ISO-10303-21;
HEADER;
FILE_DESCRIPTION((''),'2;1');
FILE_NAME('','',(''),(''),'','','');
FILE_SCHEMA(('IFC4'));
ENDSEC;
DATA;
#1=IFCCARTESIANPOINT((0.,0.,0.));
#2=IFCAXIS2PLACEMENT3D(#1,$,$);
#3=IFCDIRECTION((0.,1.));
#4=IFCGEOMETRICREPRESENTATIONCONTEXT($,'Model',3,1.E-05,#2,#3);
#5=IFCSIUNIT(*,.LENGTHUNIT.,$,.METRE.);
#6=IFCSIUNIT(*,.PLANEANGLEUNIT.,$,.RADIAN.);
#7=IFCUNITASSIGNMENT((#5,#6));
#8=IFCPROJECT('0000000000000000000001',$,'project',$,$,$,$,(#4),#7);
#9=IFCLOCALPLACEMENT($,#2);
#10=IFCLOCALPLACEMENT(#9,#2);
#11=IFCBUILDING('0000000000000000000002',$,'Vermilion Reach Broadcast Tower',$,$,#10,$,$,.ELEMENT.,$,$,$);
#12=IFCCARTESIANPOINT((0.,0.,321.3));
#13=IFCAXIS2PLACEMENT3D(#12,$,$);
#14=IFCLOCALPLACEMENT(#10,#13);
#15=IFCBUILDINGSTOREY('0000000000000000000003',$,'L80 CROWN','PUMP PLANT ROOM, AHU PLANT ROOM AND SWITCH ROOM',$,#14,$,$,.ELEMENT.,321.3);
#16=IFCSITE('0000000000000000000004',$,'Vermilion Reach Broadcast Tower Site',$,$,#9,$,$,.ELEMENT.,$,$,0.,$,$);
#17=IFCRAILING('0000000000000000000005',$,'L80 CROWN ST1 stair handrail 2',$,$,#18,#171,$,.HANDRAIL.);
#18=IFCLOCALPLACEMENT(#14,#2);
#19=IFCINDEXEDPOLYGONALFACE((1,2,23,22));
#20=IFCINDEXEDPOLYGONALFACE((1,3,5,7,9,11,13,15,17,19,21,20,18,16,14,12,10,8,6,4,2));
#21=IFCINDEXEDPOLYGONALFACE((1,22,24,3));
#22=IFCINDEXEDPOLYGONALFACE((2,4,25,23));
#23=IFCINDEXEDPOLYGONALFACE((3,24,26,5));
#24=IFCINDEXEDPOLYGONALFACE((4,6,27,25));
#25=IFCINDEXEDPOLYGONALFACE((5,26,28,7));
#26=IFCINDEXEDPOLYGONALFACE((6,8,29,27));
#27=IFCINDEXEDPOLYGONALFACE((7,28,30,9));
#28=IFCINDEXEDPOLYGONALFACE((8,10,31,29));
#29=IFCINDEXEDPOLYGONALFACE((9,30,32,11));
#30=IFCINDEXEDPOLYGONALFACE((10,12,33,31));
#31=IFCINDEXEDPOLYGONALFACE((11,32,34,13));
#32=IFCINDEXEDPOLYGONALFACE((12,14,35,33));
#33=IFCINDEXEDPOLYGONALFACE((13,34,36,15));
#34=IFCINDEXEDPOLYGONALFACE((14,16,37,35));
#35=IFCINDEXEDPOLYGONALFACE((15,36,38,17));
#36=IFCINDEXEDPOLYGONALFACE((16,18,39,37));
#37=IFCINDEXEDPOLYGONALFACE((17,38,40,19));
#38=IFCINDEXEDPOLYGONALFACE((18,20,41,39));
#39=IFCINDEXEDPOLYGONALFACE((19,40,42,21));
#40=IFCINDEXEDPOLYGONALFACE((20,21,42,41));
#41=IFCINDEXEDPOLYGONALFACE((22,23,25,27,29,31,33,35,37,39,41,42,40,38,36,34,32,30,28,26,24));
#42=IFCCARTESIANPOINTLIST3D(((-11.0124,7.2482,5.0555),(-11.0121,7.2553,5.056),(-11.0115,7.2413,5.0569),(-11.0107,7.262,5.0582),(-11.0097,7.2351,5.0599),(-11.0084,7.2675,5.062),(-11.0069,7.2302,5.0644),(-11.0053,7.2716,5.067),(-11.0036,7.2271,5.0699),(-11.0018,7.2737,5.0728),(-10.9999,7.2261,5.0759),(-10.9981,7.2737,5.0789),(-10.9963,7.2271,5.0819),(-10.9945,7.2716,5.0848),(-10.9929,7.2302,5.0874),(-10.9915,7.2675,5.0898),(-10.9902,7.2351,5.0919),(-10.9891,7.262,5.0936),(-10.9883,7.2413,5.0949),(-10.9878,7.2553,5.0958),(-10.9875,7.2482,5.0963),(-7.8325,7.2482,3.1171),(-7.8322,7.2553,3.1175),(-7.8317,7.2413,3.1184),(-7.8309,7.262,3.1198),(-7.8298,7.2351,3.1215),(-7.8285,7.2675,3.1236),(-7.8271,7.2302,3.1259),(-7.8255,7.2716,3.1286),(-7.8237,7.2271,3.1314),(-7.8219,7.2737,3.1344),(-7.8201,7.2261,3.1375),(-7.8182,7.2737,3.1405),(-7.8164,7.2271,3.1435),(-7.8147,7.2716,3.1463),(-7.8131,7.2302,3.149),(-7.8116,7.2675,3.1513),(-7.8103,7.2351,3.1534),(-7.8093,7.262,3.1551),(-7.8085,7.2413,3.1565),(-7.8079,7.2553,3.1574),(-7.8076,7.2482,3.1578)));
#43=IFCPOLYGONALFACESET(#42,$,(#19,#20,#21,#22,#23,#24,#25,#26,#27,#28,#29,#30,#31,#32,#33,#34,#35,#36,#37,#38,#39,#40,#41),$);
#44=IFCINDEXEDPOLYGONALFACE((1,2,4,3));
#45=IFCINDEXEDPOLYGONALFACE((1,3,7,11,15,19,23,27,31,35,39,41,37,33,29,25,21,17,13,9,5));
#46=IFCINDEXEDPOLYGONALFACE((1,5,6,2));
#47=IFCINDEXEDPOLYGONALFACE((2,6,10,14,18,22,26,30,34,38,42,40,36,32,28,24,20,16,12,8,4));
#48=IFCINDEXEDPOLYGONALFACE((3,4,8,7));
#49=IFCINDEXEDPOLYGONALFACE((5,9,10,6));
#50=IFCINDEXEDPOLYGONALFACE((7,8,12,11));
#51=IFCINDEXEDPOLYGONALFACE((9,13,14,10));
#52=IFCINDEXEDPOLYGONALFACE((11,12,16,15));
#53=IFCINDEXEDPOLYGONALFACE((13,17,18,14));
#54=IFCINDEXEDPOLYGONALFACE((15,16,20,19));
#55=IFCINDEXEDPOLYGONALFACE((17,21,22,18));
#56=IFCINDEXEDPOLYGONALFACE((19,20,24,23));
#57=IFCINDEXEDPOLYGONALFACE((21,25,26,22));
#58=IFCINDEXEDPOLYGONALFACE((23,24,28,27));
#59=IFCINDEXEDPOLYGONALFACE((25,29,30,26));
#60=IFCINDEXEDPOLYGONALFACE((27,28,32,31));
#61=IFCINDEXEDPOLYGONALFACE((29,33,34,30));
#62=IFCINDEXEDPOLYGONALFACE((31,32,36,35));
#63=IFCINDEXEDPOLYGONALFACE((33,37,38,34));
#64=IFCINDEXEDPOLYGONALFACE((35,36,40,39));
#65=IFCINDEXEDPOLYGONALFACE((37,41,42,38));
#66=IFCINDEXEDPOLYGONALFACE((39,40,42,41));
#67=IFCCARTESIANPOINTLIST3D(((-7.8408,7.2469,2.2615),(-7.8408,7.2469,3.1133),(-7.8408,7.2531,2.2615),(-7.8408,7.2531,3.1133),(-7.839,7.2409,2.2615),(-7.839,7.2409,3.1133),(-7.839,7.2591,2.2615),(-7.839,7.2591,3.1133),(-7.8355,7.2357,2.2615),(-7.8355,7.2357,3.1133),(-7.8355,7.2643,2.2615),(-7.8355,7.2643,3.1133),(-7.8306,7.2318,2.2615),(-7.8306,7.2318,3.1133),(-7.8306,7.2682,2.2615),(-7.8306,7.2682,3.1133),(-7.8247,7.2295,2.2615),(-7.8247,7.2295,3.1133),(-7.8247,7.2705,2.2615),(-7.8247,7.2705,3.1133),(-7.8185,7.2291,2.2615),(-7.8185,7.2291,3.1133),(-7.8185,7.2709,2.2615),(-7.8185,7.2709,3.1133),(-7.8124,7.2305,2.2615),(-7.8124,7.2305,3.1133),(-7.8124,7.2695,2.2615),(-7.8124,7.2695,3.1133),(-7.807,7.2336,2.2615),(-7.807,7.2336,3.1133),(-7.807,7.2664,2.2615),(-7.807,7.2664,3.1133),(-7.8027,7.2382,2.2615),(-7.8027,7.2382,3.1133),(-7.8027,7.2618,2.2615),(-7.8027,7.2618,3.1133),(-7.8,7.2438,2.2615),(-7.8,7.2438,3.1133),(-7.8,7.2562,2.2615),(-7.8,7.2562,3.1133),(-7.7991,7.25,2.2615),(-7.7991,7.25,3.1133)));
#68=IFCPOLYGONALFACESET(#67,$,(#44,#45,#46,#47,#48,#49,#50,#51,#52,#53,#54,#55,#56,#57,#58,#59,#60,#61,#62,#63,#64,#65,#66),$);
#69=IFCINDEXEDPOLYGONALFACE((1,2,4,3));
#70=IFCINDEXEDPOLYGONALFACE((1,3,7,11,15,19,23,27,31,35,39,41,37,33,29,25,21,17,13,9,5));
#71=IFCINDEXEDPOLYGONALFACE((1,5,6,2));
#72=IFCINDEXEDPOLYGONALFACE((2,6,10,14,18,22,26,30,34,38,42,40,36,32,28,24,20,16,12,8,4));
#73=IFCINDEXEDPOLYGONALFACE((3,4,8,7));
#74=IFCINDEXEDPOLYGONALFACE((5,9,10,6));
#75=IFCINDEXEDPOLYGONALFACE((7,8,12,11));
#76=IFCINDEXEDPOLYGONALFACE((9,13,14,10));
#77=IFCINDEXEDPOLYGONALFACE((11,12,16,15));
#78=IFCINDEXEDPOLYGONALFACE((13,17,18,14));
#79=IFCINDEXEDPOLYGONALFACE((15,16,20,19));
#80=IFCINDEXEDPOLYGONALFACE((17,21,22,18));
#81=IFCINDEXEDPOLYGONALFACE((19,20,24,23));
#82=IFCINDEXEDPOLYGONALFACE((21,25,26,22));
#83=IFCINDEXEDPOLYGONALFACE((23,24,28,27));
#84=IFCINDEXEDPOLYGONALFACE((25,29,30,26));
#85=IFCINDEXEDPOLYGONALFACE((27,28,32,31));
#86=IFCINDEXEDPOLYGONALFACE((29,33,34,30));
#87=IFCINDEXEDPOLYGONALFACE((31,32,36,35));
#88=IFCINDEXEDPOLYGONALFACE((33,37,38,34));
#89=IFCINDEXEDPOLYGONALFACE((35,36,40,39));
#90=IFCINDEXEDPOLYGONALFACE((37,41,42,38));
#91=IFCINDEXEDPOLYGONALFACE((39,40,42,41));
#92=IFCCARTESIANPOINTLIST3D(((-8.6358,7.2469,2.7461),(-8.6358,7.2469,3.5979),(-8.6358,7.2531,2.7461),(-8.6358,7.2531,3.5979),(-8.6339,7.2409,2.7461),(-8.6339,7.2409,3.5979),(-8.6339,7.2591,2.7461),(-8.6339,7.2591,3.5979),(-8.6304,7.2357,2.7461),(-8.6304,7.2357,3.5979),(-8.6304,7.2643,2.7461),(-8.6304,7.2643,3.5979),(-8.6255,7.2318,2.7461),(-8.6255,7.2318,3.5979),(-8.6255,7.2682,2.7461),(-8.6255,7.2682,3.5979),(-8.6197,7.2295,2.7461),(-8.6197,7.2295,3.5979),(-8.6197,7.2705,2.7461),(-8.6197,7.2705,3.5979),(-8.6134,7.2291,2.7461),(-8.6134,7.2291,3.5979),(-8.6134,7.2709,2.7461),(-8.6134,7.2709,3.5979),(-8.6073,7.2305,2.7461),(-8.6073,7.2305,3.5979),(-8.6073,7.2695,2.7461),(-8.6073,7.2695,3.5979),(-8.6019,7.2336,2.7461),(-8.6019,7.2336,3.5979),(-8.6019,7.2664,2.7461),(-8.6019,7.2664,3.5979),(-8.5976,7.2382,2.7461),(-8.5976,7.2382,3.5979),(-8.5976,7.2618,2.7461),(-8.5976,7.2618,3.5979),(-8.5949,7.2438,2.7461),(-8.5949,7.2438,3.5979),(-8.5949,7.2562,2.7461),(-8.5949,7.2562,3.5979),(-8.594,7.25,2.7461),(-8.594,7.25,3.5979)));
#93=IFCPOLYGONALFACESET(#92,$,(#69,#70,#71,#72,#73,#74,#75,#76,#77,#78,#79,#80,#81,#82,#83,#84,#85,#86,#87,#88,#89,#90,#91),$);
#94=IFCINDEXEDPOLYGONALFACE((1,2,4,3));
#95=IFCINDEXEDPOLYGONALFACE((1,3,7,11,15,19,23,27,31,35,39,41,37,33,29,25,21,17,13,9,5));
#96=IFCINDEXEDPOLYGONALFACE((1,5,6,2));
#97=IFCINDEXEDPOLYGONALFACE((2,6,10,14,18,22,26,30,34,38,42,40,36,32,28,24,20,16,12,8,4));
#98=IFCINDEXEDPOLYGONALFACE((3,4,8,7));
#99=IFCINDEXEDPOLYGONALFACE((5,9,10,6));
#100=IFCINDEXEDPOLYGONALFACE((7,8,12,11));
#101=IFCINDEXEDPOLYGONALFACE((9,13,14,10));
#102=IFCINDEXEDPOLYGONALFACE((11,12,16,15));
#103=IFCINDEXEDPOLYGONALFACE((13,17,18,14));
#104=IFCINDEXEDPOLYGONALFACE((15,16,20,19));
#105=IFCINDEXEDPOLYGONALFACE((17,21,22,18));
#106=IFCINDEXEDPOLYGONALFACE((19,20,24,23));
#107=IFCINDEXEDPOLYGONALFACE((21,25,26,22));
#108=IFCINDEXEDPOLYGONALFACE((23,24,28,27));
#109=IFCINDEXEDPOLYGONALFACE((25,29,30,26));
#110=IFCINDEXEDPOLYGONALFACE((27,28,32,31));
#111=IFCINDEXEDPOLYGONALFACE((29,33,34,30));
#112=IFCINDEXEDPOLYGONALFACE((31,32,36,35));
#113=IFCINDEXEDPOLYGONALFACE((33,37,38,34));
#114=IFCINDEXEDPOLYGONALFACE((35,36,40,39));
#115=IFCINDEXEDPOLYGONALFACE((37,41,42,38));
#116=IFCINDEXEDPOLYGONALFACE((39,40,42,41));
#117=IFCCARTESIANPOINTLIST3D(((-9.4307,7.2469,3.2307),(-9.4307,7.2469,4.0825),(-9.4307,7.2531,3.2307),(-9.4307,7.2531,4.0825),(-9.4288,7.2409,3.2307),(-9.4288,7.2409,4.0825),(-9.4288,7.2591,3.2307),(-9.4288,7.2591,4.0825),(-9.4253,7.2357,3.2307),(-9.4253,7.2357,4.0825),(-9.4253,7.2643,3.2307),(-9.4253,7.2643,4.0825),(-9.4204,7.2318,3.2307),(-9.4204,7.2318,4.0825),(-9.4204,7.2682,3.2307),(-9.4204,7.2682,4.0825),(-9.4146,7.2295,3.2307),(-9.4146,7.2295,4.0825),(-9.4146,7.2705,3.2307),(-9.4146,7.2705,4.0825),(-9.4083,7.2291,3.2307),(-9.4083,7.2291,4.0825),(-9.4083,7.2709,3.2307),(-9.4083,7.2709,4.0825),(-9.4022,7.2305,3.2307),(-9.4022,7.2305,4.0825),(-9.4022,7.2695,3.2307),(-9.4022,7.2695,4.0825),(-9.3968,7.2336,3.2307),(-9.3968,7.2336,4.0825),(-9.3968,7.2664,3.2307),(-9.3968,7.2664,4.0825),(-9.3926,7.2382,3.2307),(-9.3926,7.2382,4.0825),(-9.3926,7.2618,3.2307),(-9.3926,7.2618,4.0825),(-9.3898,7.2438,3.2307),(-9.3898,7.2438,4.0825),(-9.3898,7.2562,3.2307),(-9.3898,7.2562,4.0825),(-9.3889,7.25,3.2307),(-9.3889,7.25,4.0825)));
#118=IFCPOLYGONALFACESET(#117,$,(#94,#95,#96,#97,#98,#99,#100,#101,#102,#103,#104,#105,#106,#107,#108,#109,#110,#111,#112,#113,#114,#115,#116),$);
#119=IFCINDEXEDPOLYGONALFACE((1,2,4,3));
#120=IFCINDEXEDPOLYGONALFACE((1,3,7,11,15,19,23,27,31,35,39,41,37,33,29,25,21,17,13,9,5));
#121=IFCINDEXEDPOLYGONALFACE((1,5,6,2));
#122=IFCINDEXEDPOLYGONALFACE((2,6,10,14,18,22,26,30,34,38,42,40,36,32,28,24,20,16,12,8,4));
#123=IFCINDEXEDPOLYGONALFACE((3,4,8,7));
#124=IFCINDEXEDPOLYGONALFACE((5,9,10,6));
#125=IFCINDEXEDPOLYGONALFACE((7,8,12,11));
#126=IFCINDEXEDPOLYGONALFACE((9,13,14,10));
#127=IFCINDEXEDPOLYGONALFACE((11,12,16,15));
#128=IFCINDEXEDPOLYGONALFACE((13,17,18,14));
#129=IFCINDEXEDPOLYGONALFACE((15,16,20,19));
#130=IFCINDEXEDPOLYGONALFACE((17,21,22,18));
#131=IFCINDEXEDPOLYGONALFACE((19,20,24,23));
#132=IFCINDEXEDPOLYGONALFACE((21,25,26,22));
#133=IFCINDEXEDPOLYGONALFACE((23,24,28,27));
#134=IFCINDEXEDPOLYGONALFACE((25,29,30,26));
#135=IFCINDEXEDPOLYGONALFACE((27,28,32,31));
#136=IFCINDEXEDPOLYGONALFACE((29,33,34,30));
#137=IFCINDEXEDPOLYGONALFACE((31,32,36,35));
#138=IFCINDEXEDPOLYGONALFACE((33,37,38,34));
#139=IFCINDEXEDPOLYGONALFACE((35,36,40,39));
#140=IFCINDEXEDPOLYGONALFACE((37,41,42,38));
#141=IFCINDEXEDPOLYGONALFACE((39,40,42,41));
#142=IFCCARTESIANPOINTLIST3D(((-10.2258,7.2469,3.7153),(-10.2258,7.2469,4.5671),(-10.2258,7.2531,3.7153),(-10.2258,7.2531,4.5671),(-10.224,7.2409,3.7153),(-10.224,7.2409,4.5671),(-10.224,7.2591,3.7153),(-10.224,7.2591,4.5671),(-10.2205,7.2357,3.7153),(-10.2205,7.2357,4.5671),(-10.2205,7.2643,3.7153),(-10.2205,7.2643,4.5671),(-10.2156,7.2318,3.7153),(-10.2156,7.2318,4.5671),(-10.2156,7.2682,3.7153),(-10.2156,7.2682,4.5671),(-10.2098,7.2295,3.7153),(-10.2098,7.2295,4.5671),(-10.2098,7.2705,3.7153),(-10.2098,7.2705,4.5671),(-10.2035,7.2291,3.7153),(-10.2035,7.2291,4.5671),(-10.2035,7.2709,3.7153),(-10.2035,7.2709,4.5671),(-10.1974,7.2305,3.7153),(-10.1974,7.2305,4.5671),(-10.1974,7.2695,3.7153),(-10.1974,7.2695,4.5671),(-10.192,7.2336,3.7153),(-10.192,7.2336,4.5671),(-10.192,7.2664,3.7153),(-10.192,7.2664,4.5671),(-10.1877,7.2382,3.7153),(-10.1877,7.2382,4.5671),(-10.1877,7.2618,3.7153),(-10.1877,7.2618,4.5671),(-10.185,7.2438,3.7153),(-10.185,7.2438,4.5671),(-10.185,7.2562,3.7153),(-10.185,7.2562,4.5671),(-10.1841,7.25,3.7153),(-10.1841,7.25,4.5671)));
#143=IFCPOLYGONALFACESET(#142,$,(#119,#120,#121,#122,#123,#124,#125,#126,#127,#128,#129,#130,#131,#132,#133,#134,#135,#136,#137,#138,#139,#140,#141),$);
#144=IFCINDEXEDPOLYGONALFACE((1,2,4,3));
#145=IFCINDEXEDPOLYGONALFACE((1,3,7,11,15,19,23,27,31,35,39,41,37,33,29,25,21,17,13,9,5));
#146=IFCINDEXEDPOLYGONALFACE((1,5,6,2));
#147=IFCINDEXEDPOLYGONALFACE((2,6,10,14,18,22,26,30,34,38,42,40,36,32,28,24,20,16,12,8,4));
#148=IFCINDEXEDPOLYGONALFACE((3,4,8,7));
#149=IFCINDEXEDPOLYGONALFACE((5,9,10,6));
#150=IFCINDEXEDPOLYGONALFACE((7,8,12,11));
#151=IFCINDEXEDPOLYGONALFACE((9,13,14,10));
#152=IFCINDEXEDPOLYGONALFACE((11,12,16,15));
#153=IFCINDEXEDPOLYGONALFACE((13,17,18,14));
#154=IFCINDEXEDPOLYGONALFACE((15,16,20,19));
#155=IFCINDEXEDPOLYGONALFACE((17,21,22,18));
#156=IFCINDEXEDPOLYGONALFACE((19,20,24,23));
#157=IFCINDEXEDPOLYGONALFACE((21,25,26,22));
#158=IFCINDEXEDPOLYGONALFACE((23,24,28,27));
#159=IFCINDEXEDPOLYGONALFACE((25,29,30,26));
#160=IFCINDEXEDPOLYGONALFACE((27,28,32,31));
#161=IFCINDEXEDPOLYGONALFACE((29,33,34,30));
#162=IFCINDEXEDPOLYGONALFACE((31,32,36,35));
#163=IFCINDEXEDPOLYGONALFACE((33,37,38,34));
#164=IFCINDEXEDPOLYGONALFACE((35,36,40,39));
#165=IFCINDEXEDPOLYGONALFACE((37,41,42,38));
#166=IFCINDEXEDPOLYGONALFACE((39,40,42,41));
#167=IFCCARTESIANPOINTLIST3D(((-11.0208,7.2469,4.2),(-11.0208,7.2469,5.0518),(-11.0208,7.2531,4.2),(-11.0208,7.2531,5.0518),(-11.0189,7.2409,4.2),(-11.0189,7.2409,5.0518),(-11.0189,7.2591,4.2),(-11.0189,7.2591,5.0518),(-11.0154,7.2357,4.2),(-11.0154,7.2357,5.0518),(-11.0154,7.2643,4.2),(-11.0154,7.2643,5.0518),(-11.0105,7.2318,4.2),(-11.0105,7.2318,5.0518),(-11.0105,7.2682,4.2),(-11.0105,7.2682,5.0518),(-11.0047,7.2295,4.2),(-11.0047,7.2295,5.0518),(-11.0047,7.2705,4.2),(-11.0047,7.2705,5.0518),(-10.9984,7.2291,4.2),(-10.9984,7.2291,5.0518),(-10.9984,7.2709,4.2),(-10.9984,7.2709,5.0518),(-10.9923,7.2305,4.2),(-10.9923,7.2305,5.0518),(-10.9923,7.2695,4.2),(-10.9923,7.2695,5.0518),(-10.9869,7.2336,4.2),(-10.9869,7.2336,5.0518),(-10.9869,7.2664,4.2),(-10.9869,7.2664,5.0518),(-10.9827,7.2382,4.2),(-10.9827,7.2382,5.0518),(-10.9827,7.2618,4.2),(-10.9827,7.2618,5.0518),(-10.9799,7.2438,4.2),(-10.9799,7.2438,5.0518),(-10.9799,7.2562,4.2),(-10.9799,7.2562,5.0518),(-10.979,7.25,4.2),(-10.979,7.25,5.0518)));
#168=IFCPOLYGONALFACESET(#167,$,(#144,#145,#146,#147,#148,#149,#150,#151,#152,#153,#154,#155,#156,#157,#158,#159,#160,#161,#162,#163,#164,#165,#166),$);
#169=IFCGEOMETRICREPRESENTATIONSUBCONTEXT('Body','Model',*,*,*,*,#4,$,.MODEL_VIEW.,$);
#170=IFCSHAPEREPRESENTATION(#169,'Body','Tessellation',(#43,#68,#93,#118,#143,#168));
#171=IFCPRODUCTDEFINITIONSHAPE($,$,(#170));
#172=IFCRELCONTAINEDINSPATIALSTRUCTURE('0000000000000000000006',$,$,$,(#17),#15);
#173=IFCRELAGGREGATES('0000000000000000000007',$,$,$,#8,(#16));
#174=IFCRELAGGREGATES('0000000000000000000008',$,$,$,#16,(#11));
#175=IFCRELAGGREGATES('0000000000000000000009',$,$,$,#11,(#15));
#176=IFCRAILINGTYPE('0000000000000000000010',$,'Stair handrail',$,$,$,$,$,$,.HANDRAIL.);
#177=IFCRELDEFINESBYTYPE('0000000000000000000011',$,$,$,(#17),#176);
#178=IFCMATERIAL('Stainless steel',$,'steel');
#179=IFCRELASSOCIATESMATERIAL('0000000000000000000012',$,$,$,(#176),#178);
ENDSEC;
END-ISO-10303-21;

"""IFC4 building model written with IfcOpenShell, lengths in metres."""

from ifc_helpers import new_model, si_unit, direction, frame, origin, origin_2d, place, context, subcontext, project, spatial, circle, extrude, material, type_object, element, save


model = new_model("IFC4")

# Units and contexts
model_context = context("Model", 3, precision=1e-05, world=origin(), true_north=direction((0.0, 1.0)))
body_context = subcontext(model_context, "Body", "Model", "MODEL_VIEW")
ifc_project = project(units=[si_unit("LENGTHUNIT", "METRE"), si_unit("PLANEANGLEUNIT", "RADIAN")], contexts=[model_context])

# Site, building, storey
site_placement = place(None, origin())
site = spatial("IfcSite", under=ifc_project, at=site_placement, Name="Vermilion Reach Broadcast Tower Site", CompositionType="ELEMENT", RefElevation=0.0)
building_placement = place(site_placement, origin())
building = spatial("IfcBuilding", under=site, at=building_placement, Name="Vermilion Reach Broadcast Tower", CompositionType="ELEMENT")
storey_placement = place(building_placement, frame((0.0, 0.0, 321.3)))
storey = spatial("IfcBuildingStorey", under=building, at=storey_placement, Name="L80 CROWN", Description="PUMP PLANT ROOM, AHU PLANT ROOM AND SWITCH ROOM", CompositionType="ELEMENT", Elevation=321.3)

# Railing
ifc_material_1 = material(Name="Stainless steel", Category="steel")
railing_type_1 = type_object("IfcRailingType", Name="Stair handrail", PredefinedType="HANDRAIL", material=ifc_material_1)
railing_1_placement = place(storey_placement, frame((-7.8201, 7.25, 2.2615)))
element("IfcRailing", 1, at=railing_1_placement, inside=storey, type_object=railing_type_1, Name="L80 CROWN ST1 stair handrail 2", PredefinedType="HANDRAIL", context=body_context, shape_type="SweptSolid", body=[
    extrude(circle(Radius=0.0239, at=origin_2d()), frame((0.0, 0.0, 0.876), z_axis=(-0.853857, 0.0, 0.520508), x_axis=(0.0, -1.0, 0.0)), (0.0, 0.0, 1.0), 3.7241),
    extrude(circle(Radius=0.021, at=origin_2d()), origin(), (0.0, 0.0, 1.0), 0.8518),
    extrude(circle(Radius=0.021, at=origin_2d()), frame((-0.7949, 0.0, 0.4846)), (0.0, 0.0, 1.0), 0.8518),
    extrude(circle(Radius=0.021, at=origin_2d()), frame((-1.5898, 0.0, 0.9692)), (0.0, 0.0, 1.0), 0.8518),
    extrude(circle(Radius=0.021, at=origin_2d()), frame((-2.385, 0.0, 1.4539)), (0.0, 0.0, 1.0), 0.8518),
    extrude(circle(Radius=0.021, at=origin_2d()), frame((-3.1799, 0.0, 1.9385)), (0.0, 0.0, 1.0), 0.8518),
])

save(model, "model.ifc")
